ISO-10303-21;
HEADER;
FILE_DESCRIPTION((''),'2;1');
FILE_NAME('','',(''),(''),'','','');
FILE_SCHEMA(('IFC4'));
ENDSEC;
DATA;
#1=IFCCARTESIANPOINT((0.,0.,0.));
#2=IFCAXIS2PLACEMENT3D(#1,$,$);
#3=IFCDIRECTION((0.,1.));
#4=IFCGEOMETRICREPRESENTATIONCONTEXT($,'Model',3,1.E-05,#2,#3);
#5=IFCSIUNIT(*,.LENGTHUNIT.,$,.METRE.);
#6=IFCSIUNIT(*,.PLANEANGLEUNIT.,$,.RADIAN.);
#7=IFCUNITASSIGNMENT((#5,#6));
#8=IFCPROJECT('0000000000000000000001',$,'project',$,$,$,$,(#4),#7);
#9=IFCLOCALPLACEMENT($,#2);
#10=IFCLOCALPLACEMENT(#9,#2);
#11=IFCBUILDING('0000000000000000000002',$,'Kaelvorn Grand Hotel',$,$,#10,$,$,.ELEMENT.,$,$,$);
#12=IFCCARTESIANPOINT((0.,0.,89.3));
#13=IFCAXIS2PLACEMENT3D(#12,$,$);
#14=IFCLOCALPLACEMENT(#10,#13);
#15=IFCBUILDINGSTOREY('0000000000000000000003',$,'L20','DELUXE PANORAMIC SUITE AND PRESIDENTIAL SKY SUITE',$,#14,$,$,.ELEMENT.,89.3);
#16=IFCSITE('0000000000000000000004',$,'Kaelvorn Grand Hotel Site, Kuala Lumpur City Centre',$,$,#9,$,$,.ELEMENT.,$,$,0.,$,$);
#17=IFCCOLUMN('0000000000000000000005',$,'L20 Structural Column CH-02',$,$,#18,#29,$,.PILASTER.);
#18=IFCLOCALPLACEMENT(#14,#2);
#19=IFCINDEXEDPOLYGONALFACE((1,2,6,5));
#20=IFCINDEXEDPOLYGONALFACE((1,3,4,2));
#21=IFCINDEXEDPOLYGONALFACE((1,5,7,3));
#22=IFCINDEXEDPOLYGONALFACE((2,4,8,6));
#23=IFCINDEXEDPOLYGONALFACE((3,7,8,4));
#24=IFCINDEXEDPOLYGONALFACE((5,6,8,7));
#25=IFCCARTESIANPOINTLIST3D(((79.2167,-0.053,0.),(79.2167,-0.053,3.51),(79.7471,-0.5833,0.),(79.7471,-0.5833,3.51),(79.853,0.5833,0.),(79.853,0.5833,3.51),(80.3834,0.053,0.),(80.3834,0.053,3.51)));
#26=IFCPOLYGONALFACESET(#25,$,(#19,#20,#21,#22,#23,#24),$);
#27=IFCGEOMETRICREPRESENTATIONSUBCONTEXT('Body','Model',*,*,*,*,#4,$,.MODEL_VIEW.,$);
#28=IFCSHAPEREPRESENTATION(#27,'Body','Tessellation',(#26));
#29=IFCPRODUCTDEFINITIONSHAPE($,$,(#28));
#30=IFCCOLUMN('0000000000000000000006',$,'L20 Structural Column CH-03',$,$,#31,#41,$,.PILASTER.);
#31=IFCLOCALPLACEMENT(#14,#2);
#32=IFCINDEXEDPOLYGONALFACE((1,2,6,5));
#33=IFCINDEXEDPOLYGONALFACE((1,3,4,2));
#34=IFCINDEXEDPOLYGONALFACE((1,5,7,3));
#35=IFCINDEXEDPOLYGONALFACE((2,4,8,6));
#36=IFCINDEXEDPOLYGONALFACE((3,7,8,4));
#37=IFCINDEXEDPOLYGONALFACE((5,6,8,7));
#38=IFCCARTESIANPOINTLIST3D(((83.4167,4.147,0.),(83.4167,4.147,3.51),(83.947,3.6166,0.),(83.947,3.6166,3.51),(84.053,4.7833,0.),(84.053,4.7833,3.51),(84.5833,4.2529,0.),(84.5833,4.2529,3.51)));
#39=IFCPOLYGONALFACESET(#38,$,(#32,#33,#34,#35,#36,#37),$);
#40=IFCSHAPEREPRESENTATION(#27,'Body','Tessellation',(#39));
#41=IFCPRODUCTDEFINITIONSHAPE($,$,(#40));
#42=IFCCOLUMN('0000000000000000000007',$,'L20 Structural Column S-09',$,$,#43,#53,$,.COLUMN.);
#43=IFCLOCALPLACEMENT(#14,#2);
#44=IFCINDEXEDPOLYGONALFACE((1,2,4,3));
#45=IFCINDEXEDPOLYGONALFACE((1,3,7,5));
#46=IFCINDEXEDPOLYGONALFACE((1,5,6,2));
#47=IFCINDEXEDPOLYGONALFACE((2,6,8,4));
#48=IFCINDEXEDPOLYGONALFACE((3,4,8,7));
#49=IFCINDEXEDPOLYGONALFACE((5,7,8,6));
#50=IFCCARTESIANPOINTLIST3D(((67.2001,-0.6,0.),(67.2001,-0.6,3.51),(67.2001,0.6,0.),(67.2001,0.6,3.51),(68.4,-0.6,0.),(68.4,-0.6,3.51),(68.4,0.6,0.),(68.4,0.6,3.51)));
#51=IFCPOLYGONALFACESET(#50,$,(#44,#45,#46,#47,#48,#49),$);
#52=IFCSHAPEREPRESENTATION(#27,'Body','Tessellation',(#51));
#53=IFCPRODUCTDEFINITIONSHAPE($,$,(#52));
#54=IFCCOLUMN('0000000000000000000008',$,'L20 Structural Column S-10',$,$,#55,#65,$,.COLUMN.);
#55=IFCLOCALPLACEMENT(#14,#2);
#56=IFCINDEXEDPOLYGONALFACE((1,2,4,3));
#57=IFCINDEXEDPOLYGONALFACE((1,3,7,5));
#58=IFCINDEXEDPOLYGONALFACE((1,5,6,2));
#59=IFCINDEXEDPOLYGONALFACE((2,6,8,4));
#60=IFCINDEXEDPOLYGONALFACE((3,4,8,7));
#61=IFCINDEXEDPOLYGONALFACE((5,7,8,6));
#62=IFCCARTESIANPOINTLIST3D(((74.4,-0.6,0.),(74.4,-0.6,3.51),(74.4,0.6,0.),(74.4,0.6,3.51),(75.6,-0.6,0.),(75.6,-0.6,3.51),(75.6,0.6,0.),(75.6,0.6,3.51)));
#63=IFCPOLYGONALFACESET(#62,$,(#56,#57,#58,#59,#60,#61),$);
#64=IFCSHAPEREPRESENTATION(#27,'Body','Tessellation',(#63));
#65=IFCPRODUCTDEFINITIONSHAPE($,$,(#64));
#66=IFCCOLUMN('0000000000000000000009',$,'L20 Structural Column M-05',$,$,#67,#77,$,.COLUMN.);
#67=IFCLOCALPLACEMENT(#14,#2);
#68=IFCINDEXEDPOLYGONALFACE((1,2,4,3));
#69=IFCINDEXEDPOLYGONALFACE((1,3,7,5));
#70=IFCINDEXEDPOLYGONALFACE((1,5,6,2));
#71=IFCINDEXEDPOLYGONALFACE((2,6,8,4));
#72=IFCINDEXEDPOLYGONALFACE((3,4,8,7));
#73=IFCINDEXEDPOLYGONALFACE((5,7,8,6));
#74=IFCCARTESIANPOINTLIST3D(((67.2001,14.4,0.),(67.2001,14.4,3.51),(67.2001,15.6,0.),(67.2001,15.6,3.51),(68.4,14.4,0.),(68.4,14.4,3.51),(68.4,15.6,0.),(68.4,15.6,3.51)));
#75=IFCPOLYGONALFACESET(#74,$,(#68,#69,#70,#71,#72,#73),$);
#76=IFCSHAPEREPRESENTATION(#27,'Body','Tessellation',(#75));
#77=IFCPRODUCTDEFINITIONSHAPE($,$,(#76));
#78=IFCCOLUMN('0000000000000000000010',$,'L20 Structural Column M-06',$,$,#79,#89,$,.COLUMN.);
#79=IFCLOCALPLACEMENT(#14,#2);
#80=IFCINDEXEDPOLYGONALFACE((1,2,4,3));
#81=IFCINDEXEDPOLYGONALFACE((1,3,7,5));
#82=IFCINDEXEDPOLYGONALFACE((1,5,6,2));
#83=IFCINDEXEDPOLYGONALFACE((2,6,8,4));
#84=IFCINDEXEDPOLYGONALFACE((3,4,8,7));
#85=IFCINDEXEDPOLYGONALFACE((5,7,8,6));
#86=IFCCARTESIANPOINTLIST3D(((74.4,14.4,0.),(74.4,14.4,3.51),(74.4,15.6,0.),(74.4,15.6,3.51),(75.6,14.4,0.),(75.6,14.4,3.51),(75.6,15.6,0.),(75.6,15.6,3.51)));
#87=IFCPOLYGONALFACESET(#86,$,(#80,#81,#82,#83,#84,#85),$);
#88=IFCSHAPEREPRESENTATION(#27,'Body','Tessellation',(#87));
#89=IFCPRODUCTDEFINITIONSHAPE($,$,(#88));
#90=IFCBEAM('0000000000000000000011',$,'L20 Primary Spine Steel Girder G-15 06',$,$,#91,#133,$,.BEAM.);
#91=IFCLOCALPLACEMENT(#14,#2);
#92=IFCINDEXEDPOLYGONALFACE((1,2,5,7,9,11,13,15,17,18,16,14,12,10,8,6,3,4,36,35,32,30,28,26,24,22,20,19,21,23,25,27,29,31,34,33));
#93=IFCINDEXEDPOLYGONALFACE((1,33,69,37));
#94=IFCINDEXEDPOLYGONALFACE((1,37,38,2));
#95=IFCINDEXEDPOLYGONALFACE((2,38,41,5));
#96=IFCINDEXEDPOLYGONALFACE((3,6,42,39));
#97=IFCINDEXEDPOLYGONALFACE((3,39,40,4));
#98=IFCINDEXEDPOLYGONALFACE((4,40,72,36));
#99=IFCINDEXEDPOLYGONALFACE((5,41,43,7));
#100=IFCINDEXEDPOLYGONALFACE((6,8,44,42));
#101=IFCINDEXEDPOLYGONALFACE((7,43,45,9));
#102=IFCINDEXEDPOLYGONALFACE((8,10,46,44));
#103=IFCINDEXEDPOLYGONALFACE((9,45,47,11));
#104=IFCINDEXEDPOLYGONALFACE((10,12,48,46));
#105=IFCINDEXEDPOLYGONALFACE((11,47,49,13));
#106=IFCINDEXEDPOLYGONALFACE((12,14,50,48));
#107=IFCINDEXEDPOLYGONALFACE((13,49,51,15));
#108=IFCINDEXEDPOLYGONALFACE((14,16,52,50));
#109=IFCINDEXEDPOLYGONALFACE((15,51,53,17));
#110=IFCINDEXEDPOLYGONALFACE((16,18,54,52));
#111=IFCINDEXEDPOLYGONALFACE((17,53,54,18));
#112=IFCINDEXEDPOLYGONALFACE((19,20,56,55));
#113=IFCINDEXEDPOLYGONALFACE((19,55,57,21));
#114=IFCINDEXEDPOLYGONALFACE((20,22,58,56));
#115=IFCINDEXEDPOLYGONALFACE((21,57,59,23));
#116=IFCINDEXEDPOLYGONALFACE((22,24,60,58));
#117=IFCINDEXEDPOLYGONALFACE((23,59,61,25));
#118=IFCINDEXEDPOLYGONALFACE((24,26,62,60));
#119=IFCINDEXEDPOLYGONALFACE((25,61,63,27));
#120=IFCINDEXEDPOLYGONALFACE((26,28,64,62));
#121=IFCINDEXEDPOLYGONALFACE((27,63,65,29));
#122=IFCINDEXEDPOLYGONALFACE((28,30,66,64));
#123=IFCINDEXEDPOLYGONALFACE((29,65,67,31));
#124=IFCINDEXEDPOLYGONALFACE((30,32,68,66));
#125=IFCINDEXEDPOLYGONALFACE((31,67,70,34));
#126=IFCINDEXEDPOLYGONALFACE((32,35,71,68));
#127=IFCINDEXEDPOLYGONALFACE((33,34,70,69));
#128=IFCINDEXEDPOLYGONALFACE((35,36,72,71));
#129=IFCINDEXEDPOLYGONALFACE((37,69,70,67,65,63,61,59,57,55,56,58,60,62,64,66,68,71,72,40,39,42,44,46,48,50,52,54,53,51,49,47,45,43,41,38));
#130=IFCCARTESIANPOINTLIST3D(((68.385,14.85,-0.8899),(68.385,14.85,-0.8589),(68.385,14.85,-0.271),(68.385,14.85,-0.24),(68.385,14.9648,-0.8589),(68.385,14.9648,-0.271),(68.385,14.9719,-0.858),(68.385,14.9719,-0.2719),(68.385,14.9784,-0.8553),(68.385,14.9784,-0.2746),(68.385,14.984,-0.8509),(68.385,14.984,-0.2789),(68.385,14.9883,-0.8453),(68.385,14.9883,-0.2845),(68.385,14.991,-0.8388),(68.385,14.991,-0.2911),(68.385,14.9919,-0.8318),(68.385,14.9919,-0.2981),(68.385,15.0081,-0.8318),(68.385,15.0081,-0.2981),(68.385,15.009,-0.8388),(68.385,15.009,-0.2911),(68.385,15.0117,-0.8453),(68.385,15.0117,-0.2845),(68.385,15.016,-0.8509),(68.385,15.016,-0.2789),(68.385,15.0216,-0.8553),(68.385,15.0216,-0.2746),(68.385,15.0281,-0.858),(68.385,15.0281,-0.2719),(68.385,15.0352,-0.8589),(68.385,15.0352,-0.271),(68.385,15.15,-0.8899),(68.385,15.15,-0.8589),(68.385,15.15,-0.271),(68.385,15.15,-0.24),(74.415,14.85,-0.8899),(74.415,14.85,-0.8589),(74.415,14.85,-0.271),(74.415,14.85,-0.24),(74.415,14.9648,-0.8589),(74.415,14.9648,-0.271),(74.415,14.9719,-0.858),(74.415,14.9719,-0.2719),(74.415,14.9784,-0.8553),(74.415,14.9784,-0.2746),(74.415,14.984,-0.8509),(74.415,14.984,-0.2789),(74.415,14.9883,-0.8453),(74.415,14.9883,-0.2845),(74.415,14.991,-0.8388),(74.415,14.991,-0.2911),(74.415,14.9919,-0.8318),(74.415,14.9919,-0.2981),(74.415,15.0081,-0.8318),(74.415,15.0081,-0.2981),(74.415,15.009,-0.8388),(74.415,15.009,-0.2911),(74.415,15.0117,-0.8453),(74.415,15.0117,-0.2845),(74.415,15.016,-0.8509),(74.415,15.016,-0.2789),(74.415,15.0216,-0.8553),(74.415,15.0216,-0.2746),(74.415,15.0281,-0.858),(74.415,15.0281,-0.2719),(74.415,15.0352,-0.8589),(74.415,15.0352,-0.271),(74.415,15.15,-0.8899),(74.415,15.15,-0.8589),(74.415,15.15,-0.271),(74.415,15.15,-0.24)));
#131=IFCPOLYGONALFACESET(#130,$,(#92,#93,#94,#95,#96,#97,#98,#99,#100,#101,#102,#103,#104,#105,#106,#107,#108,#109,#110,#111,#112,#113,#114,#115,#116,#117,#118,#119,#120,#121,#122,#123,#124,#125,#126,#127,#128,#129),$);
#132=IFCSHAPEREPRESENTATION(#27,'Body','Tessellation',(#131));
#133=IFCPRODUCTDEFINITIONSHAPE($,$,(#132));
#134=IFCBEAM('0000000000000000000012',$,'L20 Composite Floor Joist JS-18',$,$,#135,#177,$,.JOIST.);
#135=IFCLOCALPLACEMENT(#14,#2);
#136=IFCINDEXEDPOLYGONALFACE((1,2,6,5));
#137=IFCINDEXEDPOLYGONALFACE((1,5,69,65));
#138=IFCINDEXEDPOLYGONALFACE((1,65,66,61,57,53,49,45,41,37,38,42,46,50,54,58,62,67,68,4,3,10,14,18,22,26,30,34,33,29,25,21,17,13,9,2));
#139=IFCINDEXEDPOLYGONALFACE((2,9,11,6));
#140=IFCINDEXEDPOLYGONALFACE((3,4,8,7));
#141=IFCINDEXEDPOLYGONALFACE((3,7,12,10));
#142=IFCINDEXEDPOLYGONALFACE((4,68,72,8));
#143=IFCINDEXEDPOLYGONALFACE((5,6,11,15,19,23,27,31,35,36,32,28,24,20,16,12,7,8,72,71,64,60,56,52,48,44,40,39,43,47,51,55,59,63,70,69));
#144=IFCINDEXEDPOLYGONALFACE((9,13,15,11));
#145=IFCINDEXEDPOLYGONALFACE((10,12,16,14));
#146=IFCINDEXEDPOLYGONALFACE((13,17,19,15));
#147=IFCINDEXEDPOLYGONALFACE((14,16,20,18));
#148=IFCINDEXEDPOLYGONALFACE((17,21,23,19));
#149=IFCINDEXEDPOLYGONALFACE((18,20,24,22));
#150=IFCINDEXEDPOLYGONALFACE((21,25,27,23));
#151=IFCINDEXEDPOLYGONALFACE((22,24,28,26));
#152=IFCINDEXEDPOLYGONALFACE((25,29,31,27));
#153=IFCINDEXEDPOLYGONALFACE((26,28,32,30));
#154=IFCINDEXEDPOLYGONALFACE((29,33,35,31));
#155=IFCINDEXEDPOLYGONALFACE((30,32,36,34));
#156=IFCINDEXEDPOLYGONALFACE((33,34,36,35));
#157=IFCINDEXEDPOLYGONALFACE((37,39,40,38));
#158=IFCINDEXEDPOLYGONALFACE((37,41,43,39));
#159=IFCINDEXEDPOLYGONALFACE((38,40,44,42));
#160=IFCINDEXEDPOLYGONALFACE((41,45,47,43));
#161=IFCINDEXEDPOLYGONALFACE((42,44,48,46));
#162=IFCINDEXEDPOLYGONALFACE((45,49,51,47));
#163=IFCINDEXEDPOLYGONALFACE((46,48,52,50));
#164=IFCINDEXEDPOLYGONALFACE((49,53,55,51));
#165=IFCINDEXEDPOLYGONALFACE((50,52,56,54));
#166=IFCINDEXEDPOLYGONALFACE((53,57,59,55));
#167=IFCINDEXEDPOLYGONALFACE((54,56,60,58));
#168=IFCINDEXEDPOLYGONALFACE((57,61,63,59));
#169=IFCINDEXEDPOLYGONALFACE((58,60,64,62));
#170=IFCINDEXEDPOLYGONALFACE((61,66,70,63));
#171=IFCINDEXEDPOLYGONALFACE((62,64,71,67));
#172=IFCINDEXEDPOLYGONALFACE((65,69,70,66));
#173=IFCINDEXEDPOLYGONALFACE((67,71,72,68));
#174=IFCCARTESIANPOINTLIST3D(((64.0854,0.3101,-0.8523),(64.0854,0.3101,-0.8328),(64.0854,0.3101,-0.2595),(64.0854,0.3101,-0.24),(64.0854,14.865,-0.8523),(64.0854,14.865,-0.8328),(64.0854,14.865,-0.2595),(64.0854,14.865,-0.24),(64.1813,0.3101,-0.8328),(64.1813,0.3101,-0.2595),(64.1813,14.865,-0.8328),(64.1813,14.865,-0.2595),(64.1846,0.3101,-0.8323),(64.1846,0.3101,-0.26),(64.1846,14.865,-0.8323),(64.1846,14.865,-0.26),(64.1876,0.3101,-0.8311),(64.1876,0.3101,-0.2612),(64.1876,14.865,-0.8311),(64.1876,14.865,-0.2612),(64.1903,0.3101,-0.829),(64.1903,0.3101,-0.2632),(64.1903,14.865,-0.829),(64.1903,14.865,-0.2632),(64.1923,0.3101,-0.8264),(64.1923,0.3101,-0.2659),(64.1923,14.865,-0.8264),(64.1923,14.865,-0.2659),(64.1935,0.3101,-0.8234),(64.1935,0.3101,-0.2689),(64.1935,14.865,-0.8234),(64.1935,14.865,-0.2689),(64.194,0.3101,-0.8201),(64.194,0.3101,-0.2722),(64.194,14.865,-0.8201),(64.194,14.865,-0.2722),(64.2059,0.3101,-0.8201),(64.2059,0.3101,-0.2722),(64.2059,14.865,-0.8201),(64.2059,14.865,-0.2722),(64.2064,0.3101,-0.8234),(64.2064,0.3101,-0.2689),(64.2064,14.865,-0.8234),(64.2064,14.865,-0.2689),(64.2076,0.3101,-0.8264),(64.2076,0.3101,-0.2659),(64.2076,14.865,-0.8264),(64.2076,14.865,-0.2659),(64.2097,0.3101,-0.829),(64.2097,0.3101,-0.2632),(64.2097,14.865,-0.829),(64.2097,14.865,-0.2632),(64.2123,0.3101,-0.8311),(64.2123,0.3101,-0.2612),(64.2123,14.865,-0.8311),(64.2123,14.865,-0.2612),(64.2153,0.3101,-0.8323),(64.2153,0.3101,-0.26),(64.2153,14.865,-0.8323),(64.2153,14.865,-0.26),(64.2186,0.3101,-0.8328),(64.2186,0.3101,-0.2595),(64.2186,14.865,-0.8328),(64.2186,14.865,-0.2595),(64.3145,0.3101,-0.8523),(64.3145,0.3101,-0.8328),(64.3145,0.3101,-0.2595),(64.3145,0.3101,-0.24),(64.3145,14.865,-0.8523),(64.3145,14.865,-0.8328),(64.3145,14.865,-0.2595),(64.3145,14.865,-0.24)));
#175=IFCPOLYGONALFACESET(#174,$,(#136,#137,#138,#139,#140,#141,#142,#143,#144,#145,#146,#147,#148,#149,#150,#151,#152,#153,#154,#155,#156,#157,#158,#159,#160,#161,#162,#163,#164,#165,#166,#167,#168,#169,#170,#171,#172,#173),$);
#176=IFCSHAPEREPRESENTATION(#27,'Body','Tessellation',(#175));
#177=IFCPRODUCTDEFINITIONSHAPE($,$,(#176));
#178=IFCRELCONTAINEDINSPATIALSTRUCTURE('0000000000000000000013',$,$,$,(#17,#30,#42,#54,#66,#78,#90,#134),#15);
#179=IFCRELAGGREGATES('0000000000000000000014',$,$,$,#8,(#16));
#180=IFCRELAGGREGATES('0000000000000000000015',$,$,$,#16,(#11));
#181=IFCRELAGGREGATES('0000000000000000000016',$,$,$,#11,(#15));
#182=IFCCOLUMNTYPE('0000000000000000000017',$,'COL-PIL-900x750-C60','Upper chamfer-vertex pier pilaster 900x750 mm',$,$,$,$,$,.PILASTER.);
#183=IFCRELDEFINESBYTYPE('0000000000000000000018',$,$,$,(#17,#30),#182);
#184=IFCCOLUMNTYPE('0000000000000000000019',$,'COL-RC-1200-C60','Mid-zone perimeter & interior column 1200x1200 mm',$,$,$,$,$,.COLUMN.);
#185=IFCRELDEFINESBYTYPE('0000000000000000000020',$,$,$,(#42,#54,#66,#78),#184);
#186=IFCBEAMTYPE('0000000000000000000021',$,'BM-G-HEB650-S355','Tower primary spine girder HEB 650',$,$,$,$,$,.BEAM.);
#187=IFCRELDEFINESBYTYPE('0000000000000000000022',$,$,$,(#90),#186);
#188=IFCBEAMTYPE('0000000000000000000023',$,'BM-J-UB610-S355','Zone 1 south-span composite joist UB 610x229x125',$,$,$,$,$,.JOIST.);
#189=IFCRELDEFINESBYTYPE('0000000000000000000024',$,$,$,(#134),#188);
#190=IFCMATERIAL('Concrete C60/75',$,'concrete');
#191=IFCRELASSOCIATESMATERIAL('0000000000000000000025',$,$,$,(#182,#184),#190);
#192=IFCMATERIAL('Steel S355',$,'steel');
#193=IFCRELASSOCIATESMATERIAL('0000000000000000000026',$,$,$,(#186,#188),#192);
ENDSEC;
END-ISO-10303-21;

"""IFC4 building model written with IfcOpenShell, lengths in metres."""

from ifc_helpers import new_model, si_unit, direction, frame, origin, origin_2d, place, context, subcontext, project, spatial, rectangle, i_section, extrude, material, material_profile, profile_set, type_object, element, save


model = new_model("IFC4")

# Units and contexts
model_context = context("Model", 3, precision=1e-05, world=origin(), true_north=direction((0.0, 1.0)))
body_context = subcontext(model_context, "Body", "Model", "MODEL_VIEW")
ifc_project = project(units=[si_unit("LENGTHUNIT", "METRE"), si_unit("PLANEANGLEUNIT", "RADIAN")], contexts=[model_context])

# Site, building, storey
site_placement = place(None, origin())
site = spatial("IfcSite", under=ifc_project, at=site_placement, Name="Kaelvorn Grand Hotel Site, Kuala Lumpur City Centre", CompositionType="ELEMENT", RefElevation=0.0)
building_placement = place(site_placement, origin())
building = spatial("IfcBuilding", under=site, at=building_placement, Name="Kaelvorn Grand Hotel", CompositionType="ELEMENT")
storey_placement = place(building_placement, frame((0.0, 0.0, 89.3)))
storey = spatial("IfcBuildingStorey", under=building, at=storey_placement, Name="L20", Description="DELUXE PANORAMIC SUITE AND PRESIDENTIAL SKY SUITE", CompositionType="ELEMENT", Elevation=89.3)

# Columns
ifc_material_1 = material(Name="Concrete C60/75", Category="concrete")
ifc_material_profile_1 = material_profile(ifc_material_1, rectangle(XDim=0.8999, YDim=0.75, at=origin_2d()), Name="RC PILASTER 900x750")
ifc_profile_set_1 = profile_set([ifc_material_profile_1], Name="Concrete C60/75")
column_type_1 = type_object("IfcColumnType", Name="COL-PIL-900x750-C60", Description="Upper chamfer-vertex pier pilaster 900x750 mm", PredefinedType="PILASTER", material=ifc_profile_set_1)
for number, where, z_axis, x_axis, name in (
    (1, (79.8, 0.0, 0.0), (0.0, 0.0, 1.0), (0.707107, 0.707107, 0.0), "L20 Structural Column CH-02"),
    (2, (84.0, 4.2, 0.0), (0.0, 0.0, 1.0), (0.707107, 0.707107, 0.0), "L20 Structural Column CH-03"),
):
    element("IfcColumn", number, at=place(storey_placement, frame(where, z_axis=z_axis, x_axis=x_axis)), inside=storey, type_object=column_type_1, Name=name, PredefinedType="PILASTER", context=body_context, shape_type="SweptSolid", body=[
        extrude(rectangle(XDim=0.8999, YDim=0.75, at=origin_2d()), origin(), (0.0, 0.0, 1.0), 3.51),
    ])
ifc_material_profile_2 = material_profile(ifc_material_1, rectangle(XDim=1.2, YDim=1.2, at=origin_2d()), Name="RC COL 1200x1200")
ifc_profile_set_2 = profile_set([ifc_material_profile_2], Name="Concrete C60/75")
column_type_2 = type_object("IfcColumnType", Name="COL-RC-1200-C60", Description="Mid-zone perimeter & interior column 1200x1200 mm", PredefinedType="COLUMN", material=ifc_profile_set_2)
for number, where, z_axis, x_axis, name in (
    (3, (67.8, 0.0, 0.0), (0.0, 0.0, 1.0), (1.0, 0.0, 0.0), "L20 Structural Column S-09"),
    (4, (75.0, 0.0, 0.0), (0.0, 0.0, 1.0), (1.0, 0.0, 0.0), "L20 Structural Column S-10"),
    (5, (67.8, 15.0, 0.0), (0.0, 0.0, 1.0), (1.0, 0.0, 0.0), "L20 Structural Column M-05"),
    (6, (75.0, 15.0, 0.0), (0.0, 0.0, 1.0), (1.0, 0.0, 0.0), "L20 Structural Column M-06"),
):
    element("IfcColumn", number, at=place(storey_placement, frame(where, z_axis=z_axis, x_axis=x_axis)), inside=storey, type_object=column_type_2, Name=name, PredefinedType="COLUMN", context=body_context, shape_type="SweptSolid", body=[
        extrude(rectangle(XDim=1.2, YDim=1.2, at=origin_2d()), origin(), (0.0, 0.0, 1.0), 3.51),
    ])

# Beams
ifc_material_2 = material(Name="Steel S355", Category="steel")
ifc_material_profile_3 = material_profile(ifc_material_2, i_section(OverallWidth=0.3, OverallDepth=0.6499, WebThickness=0.0161, FlangeThickness=0.031, FilletRadius=0.0271, at=origin_2d()), Name="HEB 650")
ifc_profile_set_3 = profile_set([ifc_material_profile_3], Name="Steel S355")
beam_type_1 = type_object("IfcBeamType", Name="BM-G-HEB650-S355", Description="Tower primary spine girder HEB 650", PredefinedType="BEAM", material=ifc_profile_set_3)
beam_1_placement = place(storey_placement, frame((68.385, 15.0, -0.5649), z_axis=(1.0, 0.0, 0.0), x_axis=(0.0, 1.0, 0.0)))
element("IfcBeam", 7, at=beam_1_placement, inside=storey, type_object=beam_type_1, Name="L20 Primary Spine Steel Girder G-15 06", PredefinedType="BEAM", context=body_context, shape_type="SweptSolid", body=[
    extrude(i_section(OverallWidth=0.3, OverallDepth=0.6499, WebThickness=0.0161, FlangeThickness=0.031, FilletRadius=0.0271, at=origin_2d()), origin(), (0.0, 0.0, 1.0), 6.03),
])
ifc_material_profile_4 = material_profile(ifc_material_2, i_section(OverallWidth=0.229, OverallDepth=0.6123, WebThickness=0.012, FlangeThickness=0.0195, FilletRadius=0.0127, at=origin_2d()), Name="UB 610x229x125")
ifc_profile_set_4 = profile_set([ifc_material_profile_4], Name="Steel S355")
beam_type_2 = type_object("IfcBeamType", Name="BM-J-UB610-S355", Description="Zone 1 south-span composite joist UB 610x229x125", PredefinedType="JOIST", material=ifc_profile_set_4)
beam_2_placement = place(storey_placement, frame((64.2, 0.3101, -0.5461), z_axis=(0.0, 1.0, 0.0), x_axis=(-1.0, 0.0, 0.0)))
element("IfcBeam", 8, at=beam_2_placement, inside=storey, type_object=beam_type_2, Name="L20 Composite Floor Joist JS-18", PredefinedType="JOIST", context=body_context, shape_type="SweptSolid", body=[
    extrude(i_section(OverallWidth=0.229, OverallDepth=0.6123, WebThickness=0.012, FlangeThickness=0.0195, FilletRadius=0.0127, at=origin_2d()), origin(), (0.0, 0.0, 1.0), 14.5549),
])

save(model, "model.ifc")
